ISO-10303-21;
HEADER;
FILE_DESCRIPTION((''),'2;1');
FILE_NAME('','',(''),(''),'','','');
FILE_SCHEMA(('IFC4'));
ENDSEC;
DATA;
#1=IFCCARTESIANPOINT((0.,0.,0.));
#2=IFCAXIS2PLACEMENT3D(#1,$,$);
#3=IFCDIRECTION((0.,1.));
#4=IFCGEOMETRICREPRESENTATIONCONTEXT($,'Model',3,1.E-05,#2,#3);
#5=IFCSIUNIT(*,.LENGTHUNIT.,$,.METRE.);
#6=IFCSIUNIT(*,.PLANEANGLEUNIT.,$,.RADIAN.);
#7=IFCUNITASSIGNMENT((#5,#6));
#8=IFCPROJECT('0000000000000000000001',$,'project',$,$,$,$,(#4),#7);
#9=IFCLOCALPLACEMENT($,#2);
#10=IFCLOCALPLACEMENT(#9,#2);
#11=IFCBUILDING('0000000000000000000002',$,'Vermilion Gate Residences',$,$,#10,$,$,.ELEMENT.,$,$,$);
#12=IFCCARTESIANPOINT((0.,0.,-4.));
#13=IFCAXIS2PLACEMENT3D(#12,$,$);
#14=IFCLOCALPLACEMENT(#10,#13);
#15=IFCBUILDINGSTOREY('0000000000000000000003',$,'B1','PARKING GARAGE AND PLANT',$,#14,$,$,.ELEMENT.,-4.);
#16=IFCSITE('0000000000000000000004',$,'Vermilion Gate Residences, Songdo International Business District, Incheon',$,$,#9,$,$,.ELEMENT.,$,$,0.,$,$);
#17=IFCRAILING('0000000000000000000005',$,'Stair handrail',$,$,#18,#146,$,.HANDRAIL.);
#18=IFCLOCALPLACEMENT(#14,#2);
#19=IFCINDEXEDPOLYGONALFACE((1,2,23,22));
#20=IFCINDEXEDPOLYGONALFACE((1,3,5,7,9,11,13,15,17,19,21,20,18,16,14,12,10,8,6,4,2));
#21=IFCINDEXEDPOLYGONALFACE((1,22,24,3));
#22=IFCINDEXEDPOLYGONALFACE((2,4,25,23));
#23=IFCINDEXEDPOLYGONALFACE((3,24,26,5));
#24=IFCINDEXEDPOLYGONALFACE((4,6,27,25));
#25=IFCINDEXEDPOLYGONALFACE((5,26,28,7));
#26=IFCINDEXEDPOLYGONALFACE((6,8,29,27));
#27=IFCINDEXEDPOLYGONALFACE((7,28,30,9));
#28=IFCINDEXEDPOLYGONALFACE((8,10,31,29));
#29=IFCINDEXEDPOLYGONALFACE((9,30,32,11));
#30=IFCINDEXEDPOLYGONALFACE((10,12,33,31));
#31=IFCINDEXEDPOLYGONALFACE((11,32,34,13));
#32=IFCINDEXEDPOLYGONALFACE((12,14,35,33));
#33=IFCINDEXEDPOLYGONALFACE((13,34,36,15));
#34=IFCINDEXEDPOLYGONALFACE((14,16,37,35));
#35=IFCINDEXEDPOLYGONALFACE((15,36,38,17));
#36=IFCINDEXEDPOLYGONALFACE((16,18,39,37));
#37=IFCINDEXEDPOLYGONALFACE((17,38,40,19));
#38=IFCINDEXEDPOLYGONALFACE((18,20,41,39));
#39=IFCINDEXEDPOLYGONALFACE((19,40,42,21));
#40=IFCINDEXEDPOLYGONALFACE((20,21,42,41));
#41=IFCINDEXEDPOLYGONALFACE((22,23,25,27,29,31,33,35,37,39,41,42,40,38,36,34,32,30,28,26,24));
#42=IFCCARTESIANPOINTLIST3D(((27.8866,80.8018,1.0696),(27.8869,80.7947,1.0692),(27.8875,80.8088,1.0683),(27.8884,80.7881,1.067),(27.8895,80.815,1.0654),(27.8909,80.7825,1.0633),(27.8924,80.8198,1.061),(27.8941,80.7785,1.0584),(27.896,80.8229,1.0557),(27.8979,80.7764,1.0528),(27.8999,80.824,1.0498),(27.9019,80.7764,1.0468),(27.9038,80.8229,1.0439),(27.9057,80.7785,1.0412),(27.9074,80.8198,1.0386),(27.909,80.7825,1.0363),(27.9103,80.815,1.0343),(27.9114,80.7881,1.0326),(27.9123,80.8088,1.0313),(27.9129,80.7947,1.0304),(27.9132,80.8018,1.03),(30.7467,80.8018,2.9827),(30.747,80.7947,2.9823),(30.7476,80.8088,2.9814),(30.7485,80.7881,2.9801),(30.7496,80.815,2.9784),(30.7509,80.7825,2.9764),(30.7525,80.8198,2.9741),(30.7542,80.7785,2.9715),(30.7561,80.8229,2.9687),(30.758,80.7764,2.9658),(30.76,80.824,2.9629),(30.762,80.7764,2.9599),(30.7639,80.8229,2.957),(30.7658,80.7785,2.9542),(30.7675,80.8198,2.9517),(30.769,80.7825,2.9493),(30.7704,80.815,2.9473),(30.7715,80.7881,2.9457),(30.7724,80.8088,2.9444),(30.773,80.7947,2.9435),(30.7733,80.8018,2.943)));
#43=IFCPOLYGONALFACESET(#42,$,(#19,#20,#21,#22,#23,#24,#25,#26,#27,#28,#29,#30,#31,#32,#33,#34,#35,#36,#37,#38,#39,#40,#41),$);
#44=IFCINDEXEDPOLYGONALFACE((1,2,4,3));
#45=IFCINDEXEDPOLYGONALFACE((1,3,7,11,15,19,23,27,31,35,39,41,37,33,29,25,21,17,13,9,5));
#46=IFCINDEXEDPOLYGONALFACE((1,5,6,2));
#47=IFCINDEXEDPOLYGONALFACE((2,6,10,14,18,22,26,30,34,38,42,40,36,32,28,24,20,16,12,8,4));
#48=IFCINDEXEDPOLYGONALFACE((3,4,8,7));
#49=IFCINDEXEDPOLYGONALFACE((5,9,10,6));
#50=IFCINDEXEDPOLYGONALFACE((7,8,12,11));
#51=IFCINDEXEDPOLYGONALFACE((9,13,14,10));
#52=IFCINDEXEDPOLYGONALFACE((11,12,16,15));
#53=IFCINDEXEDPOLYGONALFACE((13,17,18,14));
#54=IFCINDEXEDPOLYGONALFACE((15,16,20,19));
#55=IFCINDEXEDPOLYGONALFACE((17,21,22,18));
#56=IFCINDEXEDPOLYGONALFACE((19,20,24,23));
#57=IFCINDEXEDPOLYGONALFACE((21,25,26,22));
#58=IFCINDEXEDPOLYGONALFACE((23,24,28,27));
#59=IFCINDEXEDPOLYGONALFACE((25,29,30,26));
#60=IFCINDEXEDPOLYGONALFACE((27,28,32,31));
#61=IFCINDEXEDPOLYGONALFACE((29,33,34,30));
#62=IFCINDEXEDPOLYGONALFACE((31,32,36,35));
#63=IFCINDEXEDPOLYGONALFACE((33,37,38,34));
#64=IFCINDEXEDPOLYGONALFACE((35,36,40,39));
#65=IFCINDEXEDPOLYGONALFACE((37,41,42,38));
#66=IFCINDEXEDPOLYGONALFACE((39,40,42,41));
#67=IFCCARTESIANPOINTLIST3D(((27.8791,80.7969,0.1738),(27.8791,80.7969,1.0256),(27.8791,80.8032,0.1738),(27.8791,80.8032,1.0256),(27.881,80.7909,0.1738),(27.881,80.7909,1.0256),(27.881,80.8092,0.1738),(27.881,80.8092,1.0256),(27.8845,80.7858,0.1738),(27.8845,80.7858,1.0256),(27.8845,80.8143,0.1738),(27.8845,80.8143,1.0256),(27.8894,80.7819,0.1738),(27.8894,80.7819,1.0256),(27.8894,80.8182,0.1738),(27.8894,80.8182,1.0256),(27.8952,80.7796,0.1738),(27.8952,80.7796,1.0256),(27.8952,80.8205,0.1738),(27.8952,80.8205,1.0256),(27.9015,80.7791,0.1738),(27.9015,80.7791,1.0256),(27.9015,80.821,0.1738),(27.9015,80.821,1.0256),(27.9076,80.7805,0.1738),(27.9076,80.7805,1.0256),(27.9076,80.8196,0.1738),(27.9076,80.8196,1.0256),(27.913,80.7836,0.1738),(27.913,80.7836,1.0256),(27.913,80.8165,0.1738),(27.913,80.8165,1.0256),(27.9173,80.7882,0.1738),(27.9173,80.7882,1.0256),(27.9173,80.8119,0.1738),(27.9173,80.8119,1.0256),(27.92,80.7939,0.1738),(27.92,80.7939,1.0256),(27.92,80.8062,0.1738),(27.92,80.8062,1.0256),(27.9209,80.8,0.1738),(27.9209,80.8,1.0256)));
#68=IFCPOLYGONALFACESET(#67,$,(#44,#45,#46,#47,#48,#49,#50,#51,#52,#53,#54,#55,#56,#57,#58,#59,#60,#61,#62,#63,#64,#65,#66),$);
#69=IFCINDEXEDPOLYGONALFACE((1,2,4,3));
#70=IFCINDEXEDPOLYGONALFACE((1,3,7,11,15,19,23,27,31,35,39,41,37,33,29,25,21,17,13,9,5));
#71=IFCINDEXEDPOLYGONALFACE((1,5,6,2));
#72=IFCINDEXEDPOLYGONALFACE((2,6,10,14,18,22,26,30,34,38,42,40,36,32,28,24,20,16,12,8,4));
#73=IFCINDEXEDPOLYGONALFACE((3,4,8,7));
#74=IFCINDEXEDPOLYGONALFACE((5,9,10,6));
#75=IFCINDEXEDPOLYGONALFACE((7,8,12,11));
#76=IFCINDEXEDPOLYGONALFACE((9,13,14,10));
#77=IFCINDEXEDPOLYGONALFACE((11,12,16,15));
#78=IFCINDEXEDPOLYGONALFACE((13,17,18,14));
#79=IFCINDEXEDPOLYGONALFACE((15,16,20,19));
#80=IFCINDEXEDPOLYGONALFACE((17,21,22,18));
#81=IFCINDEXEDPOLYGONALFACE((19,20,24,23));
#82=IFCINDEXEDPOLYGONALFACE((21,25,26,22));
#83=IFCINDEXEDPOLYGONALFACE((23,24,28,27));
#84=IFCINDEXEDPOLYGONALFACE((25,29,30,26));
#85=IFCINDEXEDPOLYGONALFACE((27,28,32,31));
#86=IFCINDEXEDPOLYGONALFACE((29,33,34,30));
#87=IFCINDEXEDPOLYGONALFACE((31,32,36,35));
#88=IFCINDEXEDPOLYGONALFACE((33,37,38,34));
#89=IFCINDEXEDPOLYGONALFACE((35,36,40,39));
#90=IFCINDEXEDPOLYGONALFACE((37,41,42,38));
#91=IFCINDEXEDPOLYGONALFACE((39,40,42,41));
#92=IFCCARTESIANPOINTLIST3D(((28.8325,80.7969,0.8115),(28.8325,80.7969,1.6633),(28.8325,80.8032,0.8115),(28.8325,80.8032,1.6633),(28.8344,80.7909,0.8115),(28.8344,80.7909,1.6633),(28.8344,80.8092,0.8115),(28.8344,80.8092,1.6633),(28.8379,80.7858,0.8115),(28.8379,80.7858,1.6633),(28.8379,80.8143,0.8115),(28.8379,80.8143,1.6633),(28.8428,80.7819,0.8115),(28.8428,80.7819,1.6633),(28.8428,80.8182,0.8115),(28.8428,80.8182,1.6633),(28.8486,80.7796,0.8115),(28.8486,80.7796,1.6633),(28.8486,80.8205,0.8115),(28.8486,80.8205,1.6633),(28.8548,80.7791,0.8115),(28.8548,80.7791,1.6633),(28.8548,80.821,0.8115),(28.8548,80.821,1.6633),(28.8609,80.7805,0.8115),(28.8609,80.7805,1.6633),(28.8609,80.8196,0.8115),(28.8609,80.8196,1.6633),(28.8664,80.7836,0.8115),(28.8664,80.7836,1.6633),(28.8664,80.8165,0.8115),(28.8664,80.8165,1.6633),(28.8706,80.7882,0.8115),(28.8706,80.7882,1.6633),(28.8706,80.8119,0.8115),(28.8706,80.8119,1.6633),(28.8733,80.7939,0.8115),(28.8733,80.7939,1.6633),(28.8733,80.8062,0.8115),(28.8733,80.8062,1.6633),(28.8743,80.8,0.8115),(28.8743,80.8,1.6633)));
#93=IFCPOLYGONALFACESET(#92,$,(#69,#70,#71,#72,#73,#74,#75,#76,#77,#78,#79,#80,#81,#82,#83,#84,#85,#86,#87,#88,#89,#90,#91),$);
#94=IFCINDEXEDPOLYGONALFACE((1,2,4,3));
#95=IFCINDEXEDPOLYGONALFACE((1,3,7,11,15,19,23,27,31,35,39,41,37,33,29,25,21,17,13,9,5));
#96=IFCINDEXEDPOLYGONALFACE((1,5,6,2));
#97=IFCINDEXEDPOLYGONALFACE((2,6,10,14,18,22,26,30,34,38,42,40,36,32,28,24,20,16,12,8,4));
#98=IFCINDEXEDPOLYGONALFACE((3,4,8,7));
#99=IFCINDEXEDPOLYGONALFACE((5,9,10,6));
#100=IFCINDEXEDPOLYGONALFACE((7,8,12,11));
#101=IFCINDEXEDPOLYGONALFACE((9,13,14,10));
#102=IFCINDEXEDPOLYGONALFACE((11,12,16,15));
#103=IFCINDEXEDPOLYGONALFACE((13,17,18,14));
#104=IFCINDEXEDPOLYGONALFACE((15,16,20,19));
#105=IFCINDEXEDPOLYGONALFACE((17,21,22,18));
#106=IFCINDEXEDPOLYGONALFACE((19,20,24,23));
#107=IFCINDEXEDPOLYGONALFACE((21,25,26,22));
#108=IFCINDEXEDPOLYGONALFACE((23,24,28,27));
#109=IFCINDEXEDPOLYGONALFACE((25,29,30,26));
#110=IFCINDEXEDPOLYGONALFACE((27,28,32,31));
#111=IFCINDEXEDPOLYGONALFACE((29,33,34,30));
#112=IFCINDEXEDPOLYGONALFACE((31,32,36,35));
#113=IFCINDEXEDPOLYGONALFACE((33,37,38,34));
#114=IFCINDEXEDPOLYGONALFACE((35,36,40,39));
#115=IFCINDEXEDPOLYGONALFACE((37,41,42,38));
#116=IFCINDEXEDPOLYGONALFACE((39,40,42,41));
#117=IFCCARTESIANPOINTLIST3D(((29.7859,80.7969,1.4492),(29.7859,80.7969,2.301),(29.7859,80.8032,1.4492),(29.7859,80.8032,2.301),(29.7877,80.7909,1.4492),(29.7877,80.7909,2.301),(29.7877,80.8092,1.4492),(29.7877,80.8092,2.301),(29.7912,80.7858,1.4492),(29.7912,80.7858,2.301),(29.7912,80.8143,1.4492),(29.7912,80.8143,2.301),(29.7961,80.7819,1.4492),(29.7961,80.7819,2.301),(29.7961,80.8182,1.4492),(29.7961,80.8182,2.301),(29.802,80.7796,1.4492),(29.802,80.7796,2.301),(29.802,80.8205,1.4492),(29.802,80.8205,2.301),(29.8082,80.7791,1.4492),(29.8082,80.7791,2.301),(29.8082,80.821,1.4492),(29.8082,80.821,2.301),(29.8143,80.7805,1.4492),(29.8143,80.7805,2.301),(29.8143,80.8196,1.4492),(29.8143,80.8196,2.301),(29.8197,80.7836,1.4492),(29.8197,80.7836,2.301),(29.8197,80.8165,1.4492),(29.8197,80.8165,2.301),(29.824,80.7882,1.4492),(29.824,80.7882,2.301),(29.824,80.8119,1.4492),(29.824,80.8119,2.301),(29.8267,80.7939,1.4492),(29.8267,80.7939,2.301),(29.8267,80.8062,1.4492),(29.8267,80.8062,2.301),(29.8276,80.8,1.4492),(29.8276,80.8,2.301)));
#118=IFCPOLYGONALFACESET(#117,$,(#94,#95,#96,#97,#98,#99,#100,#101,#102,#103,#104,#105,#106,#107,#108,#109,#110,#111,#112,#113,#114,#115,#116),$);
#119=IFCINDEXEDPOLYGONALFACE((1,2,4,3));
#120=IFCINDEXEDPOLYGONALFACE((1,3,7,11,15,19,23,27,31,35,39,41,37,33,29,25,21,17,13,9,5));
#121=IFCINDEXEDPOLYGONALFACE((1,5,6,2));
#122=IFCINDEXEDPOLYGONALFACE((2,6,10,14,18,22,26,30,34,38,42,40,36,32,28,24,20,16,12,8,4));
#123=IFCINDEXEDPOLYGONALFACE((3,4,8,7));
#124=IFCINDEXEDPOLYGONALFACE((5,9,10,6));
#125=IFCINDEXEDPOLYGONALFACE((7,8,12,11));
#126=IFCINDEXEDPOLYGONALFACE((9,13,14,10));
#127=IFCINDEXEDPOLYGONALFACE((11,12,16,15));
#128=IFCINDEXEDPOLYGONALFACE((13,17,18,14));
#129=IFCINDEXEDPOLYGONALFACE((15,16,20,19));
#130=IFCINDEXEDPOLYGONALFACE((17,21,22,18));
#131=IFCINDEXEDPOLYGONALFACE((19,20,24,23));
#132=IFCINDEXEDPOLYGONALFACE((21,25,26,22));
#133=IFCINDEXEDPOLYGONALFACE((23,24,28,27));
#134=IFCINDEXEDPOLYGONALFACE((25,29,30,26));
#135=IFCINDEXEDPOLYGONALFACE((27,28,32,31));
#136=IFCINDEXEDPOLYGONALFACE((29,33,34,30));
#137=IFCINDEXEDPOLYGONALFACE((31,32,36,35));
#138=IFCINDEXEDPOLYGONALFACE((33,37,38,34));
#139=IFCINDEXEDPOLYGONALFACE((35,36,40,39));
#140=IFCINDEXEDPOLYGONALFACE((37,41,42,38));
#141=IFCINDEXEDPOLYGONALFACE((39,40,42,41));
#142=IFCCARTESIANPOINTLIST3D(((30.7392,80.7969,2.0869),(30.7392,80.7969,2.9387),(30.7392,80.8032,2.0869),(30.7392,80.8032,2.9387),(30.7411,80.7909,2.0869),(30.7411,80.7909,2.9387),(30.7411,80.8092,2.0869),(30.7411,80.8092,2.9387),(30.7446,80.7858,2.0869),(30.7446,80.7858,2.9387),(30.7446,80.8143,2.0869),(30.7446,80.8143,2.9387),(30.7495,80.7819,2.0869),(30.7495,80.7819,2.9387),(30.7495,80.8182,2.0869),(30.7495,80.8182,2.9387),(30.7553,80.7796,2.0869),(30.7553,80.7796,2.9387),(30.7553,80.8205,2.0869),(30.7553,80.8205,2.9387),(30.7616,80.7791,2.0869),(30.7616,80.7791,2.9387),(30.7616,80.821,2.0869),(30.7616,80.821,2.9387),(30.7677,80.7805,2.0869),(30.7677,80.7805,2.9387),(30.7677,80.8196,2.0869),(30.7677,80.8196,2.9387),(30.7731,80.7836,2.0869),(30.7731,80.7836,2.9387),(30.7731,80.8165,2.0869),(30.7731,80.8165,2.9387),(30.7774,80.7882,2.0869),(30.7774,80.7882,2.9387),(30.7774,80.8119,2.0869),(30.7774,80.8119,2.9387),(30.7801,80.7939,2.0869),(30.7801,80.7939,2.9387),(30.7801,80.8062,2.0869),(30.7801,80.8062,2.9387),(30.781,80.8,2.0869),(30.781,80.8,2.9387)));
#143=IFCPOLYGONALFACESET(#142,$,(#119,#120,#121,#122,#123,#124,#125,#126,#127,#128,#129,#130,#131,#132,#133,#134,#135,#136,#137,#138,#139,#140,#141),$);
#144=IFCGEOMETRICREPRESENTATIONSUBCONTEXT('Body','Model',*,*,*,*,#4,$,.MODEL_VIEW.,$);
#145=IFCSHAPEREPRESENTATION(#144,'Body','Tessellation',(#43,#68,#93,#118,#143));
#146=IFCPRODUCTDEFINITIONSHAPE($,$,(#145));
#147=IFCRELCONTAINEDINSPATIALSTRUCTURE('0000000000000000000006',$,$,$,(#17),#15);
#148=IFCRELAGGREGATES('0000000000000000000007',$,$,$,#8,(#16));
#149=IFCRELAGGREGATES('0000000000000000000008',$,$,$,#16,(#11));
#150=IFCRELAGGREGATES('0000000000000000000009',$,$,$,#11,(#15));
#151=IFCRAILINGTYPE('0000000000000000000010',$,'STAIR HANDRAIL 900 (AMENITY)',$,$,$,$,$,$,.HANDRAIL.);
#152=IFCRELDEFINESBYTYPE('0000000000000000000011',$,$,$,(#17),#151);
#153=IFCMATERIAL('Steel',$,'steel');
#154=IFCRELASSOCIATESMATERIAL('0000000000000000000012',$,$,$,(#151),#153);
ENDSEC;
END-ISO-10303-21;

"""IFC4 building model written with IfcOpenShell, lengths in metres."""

from ifc_helpers import new_model, si_unit, direction, frame, origin, origin_2d, place, context, subcontext, project, spatial, circle, extrude, material, type_object, element, save


model = new_model("IFC4")

# Units and contexts
model_context = context("Model", 3, precision=1e-05, world=origin(), true_north=direction((0.0, 1.0)))
body_context = subcontext(model_context, "Body", "Model", "MODEL_VIEW")
ifc_project = project(units=[si_unit("LENGTHUNIT", "METRE"), si_unit("PLANEANGLEUNIT", "RADIAN")], contexts=[model_context])

# Site, building, storey
site_placement = place(None, origin())
site = spatial("IfcSite", under=ifc_project, at=site_placement, Name="Vermilion Gate Residences, Songdo International Business District, Incheon", CompositionType="ELEMENT", RefElevation=0.0)
building_placement = place(site_placement, origin())
building = spatial("IfcBuilding", under=site, at=building_placement, Name="Vermilion Gate Residences", CompositionType="ELEMENT")
storey_placement = place(building_placement, frame((0.0, 0.0, -4.0)))
storey = spatial("IfcBuildingStorey", under=building, at=storey_placement, Name="B1", Description="PARKING GARAGE AND PLANT", CompositionType="ELEMENT", Elevation=-4.0)

# Railing
ifc_material_1 = material(Name="Steel", Category="steel")
railing_type = type_object("IfcRailingType", Name="STAIR HANDRAIL 900 (AMENITY)", PredefinedType="HANDRAIL", material=ifc_material_1)
railing_placement = place(storey_placement, frame((27.8999, 80.8, 0.1738)))
element("IfcRailing", 1, at=railing_placement, inside=storey, type_object=railing_type, Name="Stair handrail", PredefinedType="HANDRAIL", context=body_context, shape_type="SweptSolid", body=[
    extrude(circle(Radius=0.0239, at=origin_2d()), frame((0.0, 0.0, 0.876), z_axis=(0.831198, 0.0, 0.555977), x_axis=(0.0, 1.0, 0.0)), (0.0, 0.0, 1.0), 3.4409),
    extrude(circle(Radius=0.021, at=origin_2d()), origin(), (0.0, 0.0, 1.0), 0.8518),
    extrude(circle(Radius=0.021, at=origin_2d()), frame((0.9534, 0.0, 0.6377)), (0.0, 0.0, 1.0), 0.8518),
    extrude(circle(Radius=0.021, at=origin_2d()), frame((1.9067, 0.0, 1.2754)), (0.0, 0.0, 1.0), 0.8518),
    extrude(circle(Radius=0.021, at=origin_2d()), frame((2.8601, 0.0, 1.9131)), (0.0, 0.0, 1.0), 0.8518),
])

save(model, "model.ifc")
